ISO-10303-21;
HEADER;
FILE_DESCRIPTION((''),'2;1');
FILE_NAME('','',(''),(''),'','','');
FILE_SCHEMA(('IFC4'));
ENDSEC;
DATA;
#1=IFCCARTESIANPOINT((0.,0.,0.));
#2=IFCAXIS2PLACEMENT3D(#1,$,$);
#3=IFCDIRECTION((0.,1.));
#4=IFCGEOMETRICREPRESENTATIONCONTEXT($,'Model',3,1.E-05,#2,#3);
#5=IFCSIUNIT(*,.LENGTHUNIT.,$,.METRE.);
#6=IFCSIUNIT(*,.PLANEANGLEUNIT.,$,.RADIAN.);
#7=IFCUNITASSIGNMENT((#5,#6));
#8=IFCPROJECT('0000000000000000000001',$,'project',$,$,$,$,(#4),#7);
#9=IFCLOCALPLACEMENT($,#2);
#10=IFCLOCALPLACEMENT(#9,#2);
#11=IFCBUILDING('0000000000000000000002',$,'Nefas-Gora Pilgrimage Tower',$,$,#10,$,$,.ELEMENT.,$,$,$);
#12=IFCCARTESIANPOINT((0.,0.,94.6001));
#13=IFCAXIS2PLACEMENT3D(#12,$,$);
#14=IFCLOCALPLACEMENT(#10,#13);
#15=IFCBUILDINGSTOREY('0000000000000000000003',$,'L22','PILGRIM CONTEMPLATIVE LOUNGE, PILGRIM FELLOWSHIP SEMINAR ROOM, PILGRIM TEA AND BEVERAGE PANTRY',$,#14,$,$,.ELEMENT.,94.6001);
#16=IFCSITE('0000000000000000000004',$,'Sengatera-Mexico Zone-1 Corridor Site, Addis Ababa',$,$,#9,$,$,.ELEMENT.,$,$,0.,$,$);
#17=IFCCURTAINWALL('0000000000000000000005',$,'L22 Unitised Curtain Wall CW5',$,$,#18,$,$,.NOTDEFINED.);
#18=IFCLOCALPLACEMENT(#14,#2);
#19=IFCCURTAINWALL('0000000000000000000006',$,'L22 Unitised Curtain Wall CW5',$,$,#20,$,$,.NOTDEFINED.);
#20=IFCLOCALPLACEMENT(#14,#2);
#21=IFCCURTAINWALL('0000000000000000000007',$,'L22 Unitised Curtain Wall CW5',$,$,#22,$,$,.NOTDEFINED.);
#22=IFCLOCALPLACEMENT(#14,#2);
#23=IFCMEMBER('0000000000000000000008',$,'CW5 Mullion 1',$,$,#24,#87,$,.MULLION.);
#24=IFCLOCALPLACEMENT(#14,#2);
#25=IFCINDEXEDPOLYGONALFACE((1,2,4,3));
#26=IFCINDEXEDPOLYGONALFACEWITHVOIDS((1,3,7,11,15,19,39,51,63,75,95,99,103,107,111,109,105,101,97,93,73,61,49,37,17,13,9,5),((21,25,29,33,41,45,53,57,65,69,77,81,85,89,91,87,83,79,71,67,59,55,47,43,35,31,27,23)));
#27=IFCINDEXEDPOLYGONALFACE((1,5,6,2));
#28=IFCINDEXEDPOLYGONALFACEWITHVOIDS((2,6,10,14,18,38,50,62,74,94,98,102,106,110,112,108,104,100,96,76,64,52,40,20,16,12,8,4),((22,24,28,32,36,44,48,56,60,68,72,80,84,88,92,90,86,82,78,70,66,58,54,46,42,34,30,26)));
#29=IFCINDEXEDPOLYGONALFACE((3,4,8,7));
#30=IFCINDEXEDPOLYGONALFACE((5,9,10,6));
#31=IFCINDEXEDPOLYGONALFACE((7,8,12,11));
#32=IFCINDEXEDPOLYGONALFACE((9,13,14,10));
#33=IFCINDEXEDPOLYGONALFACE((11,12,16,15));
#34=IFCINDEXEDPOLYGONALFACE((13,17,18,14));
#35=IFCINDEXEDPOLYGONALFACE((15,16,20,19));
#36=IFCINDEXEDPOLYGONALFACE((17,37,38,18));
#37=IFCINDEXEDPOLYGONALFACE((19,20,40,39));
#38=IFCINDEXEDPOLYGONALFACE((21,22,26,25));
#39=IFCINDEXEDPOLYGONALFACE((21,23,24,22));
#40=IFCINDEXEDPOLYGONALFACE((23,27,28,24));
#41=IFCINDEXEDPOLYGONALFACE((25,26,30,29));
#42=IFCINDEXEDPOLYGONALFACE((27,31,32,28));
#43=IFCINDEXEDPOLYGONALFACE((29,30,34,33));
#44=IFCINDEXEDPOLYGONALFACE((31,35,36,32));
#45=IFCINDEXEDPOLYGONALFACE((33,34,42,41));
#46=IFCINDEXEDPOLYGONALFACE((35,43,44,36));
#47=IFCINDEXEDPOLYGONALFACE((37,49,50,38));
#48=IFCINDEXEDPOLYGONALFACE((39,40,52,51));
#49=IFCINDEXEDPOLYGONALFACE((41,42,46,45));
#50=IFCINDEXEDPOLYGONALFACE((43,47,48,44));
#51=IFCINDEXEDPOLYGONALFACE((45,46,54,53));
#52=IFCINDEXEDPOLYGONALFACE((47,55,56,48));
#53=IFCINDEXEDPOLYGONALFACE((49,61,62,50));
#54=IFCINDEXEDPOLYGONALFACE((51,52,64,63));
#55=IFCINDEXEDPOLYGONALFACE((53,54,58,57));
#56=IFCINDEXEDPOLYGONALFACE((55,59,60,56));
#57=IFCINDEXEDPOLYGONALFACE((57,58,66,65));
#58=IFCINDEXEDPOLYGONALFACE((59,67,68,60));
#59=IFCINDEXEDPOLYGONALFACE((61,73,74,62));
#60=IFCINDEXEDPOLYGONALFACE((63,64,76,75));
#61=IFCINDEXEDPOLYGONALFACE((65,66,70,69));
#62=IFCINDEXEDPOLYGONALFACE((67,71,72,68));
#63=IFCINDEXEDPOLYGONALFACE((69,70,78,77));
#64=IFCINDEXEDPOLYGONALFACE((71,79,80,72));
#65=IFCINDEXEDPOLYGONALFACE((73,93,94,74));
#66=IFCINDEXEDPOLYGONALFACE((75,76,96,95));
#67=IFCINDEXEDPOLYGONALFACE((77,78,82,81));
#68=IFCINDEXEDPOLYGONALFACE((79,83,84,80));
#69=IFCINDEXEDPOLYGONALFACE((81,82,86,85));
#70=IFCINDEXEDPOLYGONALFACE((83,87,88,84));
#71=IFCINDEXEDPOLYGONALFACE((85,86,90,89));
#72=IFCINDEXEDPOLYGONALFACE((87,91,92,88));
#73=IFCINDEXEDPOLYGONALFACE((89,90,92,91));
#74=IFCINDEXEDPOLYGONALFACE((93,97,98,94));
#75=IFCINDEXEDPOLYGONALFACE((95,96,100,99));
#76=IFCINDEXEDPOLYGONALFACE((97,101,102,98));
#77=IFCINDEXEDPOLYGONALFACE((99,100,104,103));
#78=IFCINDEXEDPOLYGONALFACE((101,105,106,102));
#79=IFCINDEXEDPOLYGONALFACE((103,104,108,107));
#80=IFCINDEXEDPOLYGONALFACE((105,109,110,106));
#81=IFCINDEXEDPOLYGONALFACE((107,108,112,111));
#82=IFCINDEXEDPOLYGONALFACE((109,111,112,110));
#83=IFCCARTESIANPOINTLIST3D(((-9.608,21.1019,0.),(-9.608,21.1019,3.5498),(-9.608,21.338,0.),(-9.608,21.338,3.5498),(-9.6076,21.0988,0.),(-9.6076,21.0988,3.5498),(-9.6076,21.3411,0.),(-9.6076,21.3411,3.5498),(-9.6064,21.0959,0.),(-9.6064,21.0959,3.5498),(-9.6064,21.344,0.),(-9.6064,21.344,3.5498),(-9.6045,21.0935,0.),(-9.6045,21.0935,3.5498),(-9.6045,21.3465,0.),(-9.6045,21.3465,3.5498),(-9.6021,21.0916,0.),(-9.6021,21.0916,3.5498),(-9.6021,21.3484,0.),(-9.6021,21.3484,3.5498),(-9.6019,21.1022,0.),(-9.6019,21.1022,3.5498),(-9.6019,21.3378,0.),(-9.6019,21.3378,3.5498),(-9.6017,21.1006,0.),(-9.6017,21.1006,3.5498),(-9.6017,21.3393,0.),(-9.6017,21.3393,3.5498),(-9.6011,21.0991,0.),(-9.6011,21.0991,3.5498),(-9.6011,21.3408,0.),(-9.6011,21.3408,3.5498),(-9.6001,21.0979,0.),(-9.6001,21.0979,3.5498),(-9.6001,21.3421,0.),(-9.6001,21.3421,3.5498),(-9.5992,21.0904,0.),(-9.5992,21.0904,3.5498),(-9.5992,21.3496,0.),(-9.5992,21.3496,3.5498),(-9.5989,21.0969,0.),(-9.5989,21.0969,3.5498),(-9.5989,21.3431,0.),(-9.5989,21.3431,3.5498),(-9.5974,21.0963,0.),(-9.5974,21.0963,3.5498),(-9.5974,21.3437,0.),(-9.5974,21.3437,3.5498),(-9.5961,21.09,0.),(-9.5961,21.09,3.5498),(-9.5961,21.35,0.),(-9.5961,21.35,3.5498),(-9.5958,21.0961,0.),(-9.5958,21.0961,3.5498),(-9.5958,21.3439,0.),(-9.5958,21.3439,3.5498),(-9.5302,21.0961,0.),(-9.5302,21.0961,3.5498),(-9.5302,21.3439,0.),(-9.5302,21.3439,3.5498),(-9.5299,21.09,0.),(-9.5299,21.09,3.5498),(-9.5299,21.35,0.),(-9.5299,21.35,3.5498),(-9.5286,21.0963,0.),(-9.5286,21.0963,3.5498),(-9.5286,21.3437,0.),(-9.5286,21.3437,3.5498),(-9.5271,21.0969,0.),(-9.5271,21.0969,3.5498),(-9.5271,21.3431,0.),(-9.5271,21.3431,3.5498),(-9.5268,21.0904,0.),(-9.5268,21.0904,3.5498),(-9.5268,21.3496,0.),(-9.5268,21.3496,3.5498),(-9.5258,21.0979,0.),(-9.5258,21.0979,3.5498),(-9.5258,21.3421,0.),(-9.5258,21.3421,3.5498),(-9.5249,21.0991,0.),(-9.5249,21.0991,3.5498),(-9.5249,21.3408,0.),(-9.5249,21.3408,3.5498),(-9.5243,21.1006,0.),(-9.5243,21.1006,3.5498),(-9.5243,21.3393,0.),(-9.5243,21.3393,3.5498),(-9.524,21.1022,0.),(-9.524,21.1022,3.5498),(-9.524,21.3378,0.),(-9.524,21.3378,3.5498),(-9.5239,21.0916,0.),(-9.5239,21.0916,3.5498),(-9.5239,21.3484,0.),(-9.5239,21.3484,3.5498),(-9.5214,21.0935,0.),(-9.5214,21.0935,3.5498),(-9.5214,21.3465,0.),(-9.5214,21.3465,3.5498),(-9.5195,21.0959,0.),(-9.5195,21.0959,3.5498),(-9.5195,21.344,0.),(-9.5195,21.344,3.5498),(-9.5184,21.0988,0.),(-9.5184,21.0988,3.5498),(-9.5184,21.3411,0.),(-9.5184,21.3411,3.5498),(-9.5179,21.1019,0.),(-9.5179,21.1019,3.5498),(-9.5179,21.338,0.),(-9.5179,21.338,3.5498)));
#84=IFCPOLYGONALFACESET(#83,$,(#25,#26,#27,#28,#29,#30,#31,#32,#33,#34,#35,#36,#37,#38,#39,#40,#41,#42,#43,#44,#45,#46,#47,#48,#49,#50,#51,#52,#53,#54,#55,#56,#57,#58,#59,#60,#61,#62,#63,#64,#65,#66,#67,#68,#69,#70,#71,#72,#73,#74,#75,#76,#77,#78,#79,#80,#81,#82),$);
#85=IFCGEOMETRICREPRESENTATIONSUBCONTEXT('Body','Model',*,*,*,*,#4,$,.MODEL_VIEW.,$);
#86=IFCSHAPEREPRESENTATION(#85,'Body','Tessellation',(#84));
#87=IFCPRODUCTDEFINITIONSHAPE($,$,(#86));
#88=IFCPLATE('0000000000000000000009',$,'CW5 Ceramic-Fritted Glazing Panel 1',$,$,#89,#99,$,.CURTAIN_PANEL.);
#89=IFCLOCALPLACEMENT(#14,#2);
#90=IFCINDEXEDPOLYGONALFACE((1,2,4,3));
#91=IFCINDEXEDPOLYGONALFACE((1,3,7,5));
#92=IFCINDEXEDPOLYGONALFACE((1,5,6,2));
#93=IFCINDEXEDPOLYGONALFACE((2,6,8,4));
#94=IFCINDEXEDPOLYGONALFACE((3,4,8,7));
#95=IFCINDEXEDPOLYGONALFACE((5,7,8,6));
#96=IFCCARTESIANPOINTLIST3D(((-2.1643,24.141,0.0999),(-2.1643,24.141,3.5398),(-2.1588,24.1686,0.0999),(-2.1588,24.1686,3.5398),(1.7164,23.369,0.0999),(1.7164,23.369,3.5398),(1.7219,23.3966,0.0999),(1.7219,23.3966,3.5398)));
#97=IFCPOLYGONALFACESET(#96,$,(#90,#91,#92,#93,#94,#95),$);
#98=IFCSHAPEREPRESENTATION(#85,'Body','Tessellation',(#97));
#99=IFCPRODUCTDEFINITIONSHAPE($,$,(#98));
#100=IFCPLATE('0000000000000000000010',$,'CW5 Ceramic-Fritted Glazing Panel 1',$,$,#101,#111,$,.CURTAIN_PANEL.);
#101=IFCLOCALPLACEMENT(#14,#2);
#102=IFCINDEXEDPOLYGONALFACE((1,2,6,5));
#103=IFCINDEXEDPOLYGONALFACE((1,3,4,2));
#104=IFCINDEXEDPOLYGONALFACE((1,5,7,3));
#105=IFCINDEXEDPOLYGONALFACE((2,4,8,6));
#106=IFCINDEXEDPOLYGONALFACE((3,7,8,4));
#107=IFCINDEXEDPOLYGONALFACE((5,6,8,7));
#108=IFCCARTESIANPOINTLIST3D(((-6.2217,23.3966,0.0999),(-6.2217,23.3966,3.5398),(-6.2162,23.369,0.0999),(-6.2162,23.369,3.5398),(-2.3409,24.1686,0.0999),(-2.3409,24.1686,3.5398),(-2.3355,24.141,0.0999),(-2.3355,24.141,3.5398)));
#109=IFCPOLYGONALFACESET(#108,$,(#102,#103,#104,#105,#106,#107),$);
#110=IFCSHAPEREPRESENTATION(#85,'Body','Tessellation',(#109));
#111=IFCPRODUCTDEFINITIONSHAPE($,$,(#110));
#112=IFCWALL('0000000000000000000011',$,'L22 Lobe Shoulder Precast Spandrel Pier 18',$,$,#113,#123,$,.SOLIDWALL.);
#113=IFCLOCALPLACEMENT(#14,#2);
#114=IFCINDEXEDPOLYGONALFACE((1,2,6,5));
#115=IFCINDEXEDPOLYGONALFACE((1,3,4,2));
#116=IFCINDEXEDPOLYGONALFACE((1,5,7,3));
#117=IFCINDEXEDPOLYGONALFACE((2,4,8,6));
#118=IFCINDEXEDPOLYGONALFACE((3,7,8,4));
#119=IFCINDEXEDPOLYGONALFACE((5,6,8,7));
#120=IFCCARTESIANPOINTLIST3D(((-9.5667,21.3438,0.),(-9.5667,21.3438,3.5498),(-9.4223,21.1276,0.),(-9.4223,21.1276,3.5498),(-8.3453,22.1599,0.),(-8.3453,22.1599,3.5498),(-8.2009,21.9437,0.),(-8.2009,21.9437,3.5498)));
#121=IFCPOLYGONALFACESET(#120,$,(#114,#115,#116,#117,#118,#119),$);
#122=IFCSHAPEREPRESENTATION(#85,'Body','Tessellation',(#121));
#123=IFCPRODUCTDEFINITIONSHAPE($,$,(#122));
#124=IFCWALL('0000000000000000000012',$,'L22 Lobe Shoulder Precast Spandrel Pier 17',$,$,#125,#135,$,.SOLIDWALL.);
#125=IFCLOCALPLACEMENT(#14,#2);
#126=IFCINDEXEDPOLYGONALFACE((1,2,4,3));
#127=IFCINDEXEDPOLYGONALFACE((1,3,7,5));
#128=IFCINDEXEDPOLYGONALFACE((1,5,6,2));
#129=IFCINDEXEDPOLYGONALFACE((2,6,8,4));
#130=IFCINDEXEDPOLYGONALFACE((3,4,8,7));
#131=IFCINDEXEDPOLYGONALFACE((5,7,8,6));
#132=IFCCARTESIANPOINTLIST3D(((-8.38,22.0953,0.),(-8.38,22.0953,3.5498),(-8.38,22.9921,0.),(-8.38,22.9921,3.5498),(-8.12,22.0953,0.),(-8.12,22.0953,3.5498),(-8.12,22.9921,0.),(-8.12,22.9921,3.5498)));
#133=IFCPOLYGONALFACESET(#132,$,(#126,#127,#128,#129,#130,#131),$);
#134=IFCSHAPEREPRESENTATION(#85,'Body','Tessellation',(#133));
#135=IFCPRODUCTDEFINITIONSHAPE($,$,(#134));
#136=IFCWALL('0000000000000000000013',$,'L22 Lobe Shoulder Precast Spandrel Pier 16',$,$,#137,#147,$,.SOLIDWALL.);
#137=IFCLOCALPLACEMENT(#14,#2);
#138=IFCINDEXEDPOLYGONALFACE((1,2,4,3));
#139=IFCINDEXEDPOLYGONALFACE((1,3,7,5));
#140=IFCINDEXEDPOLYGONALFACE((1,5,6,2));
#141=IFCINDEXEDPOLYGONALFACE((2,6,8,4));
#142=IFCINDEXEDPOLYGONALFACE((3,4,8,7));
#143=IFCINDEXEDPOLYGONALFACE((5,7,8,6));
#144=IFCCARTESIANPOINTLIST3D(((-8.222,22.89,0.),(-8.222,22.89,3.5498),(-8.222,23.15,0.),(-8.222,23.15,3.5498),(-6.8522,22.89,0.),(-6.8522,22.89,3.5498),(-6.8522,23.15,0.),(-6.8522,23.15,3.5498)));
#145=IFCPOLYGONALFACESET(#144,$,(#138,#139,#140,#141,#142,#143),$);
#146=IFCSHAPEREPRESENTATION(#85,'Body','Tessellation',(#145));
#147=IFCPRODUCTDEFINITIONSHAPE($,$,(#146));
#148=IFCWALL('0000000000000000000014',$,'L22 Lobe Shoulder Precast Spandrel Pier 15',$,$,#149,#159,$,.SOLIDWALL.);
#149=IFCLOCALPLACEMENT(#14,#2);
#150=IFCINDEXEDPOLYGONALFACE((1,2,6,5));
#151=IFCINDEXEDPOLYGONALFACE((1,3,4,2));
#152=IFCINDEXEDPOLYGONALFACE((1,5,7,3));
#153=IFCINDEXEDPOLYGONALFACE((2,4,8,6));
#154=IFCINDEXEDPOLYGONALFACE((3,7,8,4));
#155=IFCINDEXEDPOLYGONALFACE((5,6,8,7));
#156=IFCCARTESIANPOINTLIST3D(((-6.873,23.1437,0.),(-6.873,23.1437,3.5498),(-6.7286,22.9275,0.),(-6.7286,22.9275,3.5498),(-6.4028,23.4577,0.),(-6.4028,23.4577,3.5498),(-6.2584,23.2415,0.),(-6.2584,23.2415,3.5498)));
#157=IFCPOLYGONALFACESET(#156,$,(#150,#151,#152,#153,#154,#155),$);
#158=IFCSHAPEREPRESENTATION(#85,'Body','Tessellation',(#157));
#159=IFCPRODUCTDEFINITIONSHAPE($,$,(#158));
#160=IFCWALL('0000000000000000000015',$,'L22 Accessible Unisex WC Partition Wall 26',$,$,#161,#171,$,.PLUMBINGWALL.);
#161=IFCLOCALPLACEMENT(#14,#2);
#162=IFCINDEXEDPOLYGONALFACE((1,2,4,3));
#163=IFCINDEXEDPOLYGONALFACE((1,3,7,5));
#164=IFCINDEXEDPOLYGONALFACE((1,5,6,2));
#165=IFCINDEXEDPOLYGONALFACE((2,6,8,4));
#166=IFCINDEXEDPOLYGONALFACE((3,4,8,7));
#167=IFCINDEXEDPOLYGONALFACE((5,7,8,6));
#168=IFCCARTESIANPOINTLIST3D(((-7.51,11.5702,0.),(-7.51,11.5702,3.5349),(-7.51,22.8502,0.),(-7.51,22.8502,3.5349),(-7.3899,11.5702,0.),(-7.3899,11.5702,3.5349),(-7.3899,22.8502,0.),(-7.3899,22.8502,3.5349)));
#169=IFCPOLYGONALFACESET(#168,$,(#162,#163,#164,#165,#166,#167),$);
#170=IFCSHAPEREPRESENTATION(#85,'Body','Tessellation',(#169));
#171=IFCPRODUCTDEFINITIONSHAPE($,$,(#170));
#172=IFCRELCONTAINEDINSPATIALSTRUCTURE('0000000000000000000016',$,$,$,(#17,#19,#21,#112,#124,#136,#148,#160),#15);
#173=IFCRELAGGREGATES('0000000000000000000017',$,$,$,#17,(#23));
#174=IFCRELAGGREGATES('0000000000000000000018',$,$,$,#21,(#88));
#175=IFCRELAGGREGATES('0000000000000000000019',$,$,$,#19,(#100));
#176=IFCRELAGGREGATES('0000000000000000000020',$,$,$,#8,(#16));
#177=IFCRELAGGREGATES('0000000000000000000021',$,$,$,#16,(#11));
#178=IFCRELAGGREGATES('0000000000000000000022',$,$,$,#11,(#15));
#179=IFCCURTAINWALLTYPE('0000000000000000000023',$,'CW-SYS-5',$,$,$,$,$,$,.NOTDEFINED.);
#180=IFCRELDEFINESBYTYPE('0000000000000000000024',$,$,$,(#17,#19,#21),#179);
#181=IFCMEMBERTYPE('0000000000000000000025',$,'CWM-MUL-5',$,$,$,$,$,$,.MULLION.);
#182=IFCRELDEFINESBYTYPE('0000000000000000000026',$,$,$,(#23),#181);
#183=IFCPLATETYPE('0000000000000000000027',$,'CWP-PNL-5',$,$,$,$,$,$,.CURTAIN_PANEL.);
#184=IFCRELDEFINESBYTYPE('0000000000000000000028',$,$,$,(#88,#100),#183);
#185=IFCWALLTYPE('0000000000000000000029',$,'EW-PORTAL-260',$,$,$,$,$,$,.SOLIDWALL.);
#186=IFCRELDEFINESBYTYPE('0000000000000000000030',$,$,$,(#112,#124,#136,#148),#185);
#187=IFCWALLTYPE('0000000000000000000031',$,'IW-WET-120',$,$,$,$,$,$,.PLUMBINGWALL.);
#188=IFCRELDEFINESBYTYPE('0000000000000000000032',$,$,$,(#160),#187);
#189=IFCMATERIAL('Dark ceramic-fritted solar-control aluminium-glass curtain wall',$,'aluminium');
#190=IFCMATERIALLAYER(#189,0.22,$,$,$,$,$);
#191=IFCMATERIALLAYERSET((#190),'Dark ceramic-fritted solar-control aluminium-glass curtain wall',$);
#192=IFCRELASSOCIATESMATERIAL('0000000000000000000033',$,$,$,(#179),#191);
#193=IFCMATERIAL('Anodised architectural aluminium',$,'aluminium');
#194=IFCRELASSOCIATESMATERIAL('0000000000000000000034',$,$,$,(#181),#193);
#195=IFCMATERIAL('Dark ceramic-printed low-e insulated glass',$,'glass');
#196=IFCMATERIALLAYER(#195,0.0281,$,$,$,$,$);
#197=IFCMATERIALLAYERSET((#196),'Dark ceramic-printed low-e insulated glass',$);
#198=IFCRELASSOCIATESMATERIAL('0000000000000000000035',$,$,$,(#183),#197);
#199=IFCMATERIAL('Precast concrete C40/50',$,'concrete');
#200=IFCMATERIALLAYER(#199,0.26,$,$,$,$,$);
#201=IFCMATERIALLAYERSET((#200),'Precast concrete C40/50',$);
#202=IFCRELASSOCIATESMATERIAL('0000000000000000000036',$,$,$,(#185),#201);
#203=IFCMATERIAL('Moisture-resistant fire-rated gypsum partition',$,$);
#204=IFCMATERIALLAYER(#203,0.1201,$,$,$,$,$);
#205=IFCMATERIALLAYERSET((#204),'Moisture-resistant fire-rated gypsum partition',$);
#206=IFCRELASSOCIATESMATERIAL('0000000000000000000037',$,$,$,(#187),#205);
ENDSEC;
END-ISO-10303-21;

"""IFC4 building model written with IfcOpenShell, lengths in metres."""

from ifc_helpers import new_model, si_unit, direction, frame, frame_2d, origin, origin_2d, place, context, subcontext, project, spatial, rectangle, hollow_rectangle, extrude, source, transform, mapped, material, layer, layer_set, material_profile, profile_set, type_object, element, aggregate, save


model = new_model("IFC4")

# Units and contexts
model_context = context("Model", 3, precision=1e-05, world=origin(), true_north=direction((0.0, 1.0)))
body_context = subcontext(model_context, "Body", "Model", "MODEL_VIEW")
ifc_project = project(units=[si_unit("LENGTHUNIT", "METRE"), si_unit("PLANEANGLEUNIT", "RADIAN")], contexts=[model_context])

# Site, building, storey
site_placement = place(None, origin())
site = spatial("IfcSite", under=ifc_project, at=site_placement, Name="Sengatera-Mexico Zone-1 Corridor Site, Addis Ababa", CompositionType="ELEMENT", RefElevation=0.0)
building_placement = place(site_placement, origin())
building = spatial("IfcBuilding", under=site, at=building_placement, Name="Nefas-Gora Pilgrimage Tower", CompositionType="ELEMENT")
storey_placement = place(building_placement, frame((0.0, 0.0, 94.6001)))
storey = spatial("IfcBuildingStorey", under=building, at=storey_placement, Name="L22", Description="PILGRIM CONTEMPLATIVE LOUNGE, PILGRIM FELLOWSHIP SEMINAR ROOM, PILGRIM TEA AND BEVERAGE PANTRY", CompositionType="ELEMENT", Elevation=94.6001)

# Curtain walls
ifc_material_1 = material(Name="Dark ceramic-fritted solar-control aluminium-glass curtain wall", Category="aluminium")
ifc_layer_1 = layer(ifc_material_1, 0.22)
ifc_layer_set_1 = layer_set([ifc_layer_1], Name="Dark ceramic-fritted solar-control aluminium-glass curtain wall")
curtain_wall_type = type_object("IfcCurtainWallType", Name="CW-SYS-5", PredefinedType="NOTDEFINED", material=ifc_layer_set_1)
curtain_wall_1_placement = place(storey_placement, origin())
curtain_wall_1 = element("IfcCurtainWall", 1, at=curtain_wall_1_placement, inside=storey, type_object=curtain_wall_type, Name="L22 Unitised Curtain Wall CW5", PredefinedType="NOTDEFINED")
ifc_material_2 = material(Name="Anodised architectural aluminium", Category="aluminium")
curtain_wall_2_placement = place(storey_placement, origin())
curtain_wall_2 = element("IfcCurtainWall", 2, at=curtain_wall_2_placement, inside=storey, type_object=curtain_wall_type, Name="L22 Unitised Curtain Wall CW5", PredefinedType="NOTDEFINED")
curtain_wall_3_placement = place(storey_placement, origin())
curtain_wall_3 = element("IfcCurtainWall", 3, at=curtain_wall_3_placement, inside=storey, type_object=curtain_wall_type, Name="L22 Unitised Curtain Wall CW5", PredefinedType="NOTDEFINED")
ifc_material_profile_1 = material_profile(ifc_material_2, hollow_rectangle(XDim=0.0901, YDim=0.26, WallThickness=0.0061, InnerFilletRadius=0.0061, OuterFilletRadius=0.012, at=origin_2d()), Name="ALU MULLION 90x260")
ifc_profile_set_1 = profile_set([ifc_material_profile_1], Name="Anodised architectural aluminium")
member_type_1 = type_object("IfcMemberType", Name="CWM-MUL-5", PredefinedType="MULLION", material=ifc_profile_set_1)
shared_shape_1 = source(origin(), body_context, "Body", "SweptSolid", [
    extrude(hollow_rectangle(XDim=0.0901, YDim=0.26, WallThickness=0.0061, InnerFilletRadius=0.0061, OuterFilletRadius=0.012, at=origin_2d()), origin(), (0.0, 0.0, 1.0), 3.5498),
])

# Member
member_1_placement = place(storey_placement, frame((-9.563, 21.22, 0.0), z_axis=(0.0, 0.0, 1.0), x_axis=(-1.0, 0.0, 0.0)))
member_1 = element("IfcMember", 4, at=member_1_placement, type_object=member_type_1, Name="CW5 Mullion 1", PredefinedType="MULLION", context=body_context, shape_type="MappedRepresentation", body=[
    mapped(shared_shape_1, transform((0.0, 0.0, 0.0), x_axis=(1.0, 0.0, 0.0), y_axis=(0.0, 1.0, 0.0), z_axis=(0.0, 0.0, 1.0), scale=1.0)),
])
aggregate(curtain_wall_1, [member_1])

# Plates
ifc_material_3 = material(Name="Dark ceramic-printed low-e insulated glass", Category="glass")
ifc_layer_2 = layer(ifc_material_3, 0.0281)
ifc_layer_set_2 = layer_set([ifc_layer_2], Name="Dark ceramic-printed low-e insulated glass")
plate_type = type_object("IfcPlateType", Name="CWP-PNL-5", PredefinedType="CURTAIN_PANEL", material=ifc_layer_set_2)
shared_shape_2 = source(origin(), body_context, "Body", "SweptSolid", [
    extrude(rectangle(XDim=3.9568, YDim=0.0281, at=origin_2d()), origin(), (0.0, 0.0, 1.0), 3.4399),
])
plate_1_placement = place(storey_placement, frame((-0.2212, 23.7688, 0.0999), z_axis=(0.0, 0.0, 1.0), x_axis=(-0.980783, 0.195102, 0.0)))
plate_1 = element("IfcPlate", 5, at=plate_1_placement, type_object=plate_type, Name="CW5 Ceramic-Fritted Glazing Panel 1", PredefinedType="CURTAIN_PANEL", context=body_context, shape_type="MappedRepresentation", body=[
    mapped(shared_shape_2, transform((0.0, 0.0, 0.0), x_axis=(1.0, 0.0, 0.0), y_axis=(0.0, 1.0, 0.0), z_axis=(0.0, 0.0, 1.0), scale=1.0)),
])
aggregate(curtain_wall_3, [plate_1])
plate_2_placement = place(storey_placement, frame((-4.2786, 23.7688, 0.0999), z_axis=(0.0, 0.0, 1.0), x_axis=(-0.980783, -0.195102, 0.0)))
plate_2 = element("IfcPlate", 6, at=plate_2_placement, type_object=plate_type, Name="CW5 Ceramic-Fritted Glazing Panel 1", PredefinedType="CURTAIN_PANEL", context=body_context, shape_type="MappedRepresentation", body=[
    mapped(shared_shape_2, transform((0.0, 0.0, 0.0), x_axis=(1.0, 0.0, 0.0), y_axis=(0.0, 1.0, 0.0), z_axis=(0.0, 0.0, 1.0), scale=1.0)),
])
aggregate(curtain_wall_2, [plate_2])

# Walls
ifc_material_4 = material(Name="Precast concrete C40/50", Category="concrete")
ifc_layer_3 = layer(ifc_material_4, 0.26)
ifc_layer_set_3 = layer_set([ifc_layer_3], Name="Precast concrete C40/50")
wall_type_1 = type_object("IfcWallType", Name="EW-PORTAL-260", PredefinedType="SOLIDWALL", material=ifc_layer_set_3)
shared_shape_3 = source(origin(), body_context, "Body", "SweptSolid", [
    extrude(rectangle(XDim=1.469, YDim=0.26, at=frame_2d((0.7344, 0.0))), origin(), (0.0, 0.0, 1.0), 3.5498),
])
wall_1_placement = place(storey_placement, frame((-8.2732, 22.0518, 0.0), z_axis=(0.0, 0.0, 1.0), x_axis=(-0.831462, -0.555582, 0.0)))
element("IfcWall", 7, at=wall_1_placement, inside=storey, type_object=wall_type_1, Name="L22 Lobe Shoulder Precast Spandrel Pier 18", PredefinedType="SOLIDWALL", context=body_context, shape_type="MappedRepresentation", body=[
    mapped(shared_shape_3, transform((0.0, 0.0, 0.0), x_axis=(1.0, 0.0, 0.0), y_axis=(0.0, 1.0, 0.0), z_axis=(0.0, 0.0, 1.0), scale=1.0)),
])
shared_shape_4 = source(origin(), body_context, "Body", "SweptSolid", [
    extrude(rectangle(XDim=0.8967, YDim=0.26, at=frame_2d((0.4482, 0.0))), origin(), (0.0, 0.0, 1.0), 3.5498),
])
wall_2_placement = place(storey_placement, frame((-8.25, 22.9919, 0.0), z_axis=(0.0, 0.0, 1.0), x_axis=(0.0, -1.0, 0.0)))
element("IfcWall", 8, at=wall_2_placement, inside=storey, type_object=wall_type_1, Name="L22 Lobe Shoulder Precast Spandrel Pier 17", PredefinedType="SOLIDWALL", context=body_context, shape_type="MappedRepresentation", body=[
    mapped(shared_shape_4, transform((0.0, 0.0, 0.0), x_axis=(1.0, 0.0, 0.0), y_axis=(0.0, 1.0, 0.0), z_axis=(0.0, 0.0, 1.0), scale=1.0)),
])
shared_shape_5 = source(origin(), body_context, "Body", "SweptSolid", [
    extrude(rectangle(XDim=1.3699, YDim=0.26, at=frame_2d((0.6851, 0.0))), origin(), (0.0, 0.0, 1.0), 3.5498),
])
wall_3_placement = place(storey_placement, frame((-6.8521, 23.02, 0.0), z_axis=(0.0, 0.0, 1.0), x_axis=(-1.0, 0.0, 0.0)))
element("IfcWall", 9, at=wall_3_placement, inside=storey, type_object=wall_type_1, Name="L22 Lobe Shoulder Precast Spandrel Pier 16", PredefinedType="SOLIDWALL", context=body_context, shape_type="MappedRepresentation", body=[
    mapped(shared_shape_5, transform((0.0, 0.0, 0.0), x_axis=(1.0, 0.0, 0.0), y_axis=(0.0, 1.0, 0.0), z_axis=(0.0, 0.0, 1.0), scale=1.0)),
])
shared_shape_6 = source(origin(), body_context, "Body", "SweptSolid", [
    extrude(rectangle(XDim=0.5654, YDim=0.26, at=frame_2d((0.2827, 0.0))), origin(), (0.0, 0.0, 1.0), 3.5498),
])
wall_4_placement = place(storey_placement, frame((-6.3306, 23.3496, 0.0), z_axis=(0.0, 0.0, 1.0), x_axis=(-0.831651, -0.555298, 0.0)))
element("IfcWall", 10, at=wall_4_placement, inside=storey, type_object=wall_type_1, Name="L22 Lobe Shoulder Precast Spandrel Pier 15", PredefinedType="SOLIDWALL", context=body_context, shape_type="MappedRepresentation", body=[
    mapped(shared_shape_6, transform((0.0, 0.0, 0.0), x_axis=(1.0, 0.0, 0.0), y_axis=(0.0, 1.0, 0.0), z_axis=(0.0, 0.0, 1.0), scale=1.0)),
])
ifc_material_5 = material(Name="Moisture-resistant fire-rated gypsum partition")
ifc_layer_4 = layer(ifc_material_5, 0.1201)
ifc_layer_set_4 = layer_set([ifc_layer_4], Name="Moisture-resistant fire-rated gypsum partition")
wall_type_2 = type_object("IfcWallType", Name="IW-WET-120", PredefinedType="PLUMBINGWALL", material=ifc_layer_set_4)
shared_shape_7 = source(origin(), body_context, "Body", "SweptSolid", [
    extrude(rectangle(XDim=11.28, YDim=0.1201, at=frame_2d((5.6401, 0.0))), origin(), (0.0, 0.0, 1.0), 3.5349),
])
wall_5_placement = place(storey_placement, frame((-7.45, 11.5701, 0.0), z_axis=(0.0, 0.0, 1.0), x_axis=(0.0, 1.0, 0.0)))
element("IfcWall", 11, at=wall_5_placement, inside=storey, type_object=wall_type_2, Name="L22 Accessible Unisex WC Partition Wall 26", PredefinedType="PLUMBINGWALL", context=body_context, shape_type="MappedRepresentation", body=[
    mapped(shared_shape_7, transform((0.0, 0.0, 0.0), x_axis=(1.0, 0.0, 0.0), y_axis=(0.0, 1.0, 0.0), z_axis=(0.0, 0.0, 1.0), scale=1.0)),
])

save(model, "model.ifc")
